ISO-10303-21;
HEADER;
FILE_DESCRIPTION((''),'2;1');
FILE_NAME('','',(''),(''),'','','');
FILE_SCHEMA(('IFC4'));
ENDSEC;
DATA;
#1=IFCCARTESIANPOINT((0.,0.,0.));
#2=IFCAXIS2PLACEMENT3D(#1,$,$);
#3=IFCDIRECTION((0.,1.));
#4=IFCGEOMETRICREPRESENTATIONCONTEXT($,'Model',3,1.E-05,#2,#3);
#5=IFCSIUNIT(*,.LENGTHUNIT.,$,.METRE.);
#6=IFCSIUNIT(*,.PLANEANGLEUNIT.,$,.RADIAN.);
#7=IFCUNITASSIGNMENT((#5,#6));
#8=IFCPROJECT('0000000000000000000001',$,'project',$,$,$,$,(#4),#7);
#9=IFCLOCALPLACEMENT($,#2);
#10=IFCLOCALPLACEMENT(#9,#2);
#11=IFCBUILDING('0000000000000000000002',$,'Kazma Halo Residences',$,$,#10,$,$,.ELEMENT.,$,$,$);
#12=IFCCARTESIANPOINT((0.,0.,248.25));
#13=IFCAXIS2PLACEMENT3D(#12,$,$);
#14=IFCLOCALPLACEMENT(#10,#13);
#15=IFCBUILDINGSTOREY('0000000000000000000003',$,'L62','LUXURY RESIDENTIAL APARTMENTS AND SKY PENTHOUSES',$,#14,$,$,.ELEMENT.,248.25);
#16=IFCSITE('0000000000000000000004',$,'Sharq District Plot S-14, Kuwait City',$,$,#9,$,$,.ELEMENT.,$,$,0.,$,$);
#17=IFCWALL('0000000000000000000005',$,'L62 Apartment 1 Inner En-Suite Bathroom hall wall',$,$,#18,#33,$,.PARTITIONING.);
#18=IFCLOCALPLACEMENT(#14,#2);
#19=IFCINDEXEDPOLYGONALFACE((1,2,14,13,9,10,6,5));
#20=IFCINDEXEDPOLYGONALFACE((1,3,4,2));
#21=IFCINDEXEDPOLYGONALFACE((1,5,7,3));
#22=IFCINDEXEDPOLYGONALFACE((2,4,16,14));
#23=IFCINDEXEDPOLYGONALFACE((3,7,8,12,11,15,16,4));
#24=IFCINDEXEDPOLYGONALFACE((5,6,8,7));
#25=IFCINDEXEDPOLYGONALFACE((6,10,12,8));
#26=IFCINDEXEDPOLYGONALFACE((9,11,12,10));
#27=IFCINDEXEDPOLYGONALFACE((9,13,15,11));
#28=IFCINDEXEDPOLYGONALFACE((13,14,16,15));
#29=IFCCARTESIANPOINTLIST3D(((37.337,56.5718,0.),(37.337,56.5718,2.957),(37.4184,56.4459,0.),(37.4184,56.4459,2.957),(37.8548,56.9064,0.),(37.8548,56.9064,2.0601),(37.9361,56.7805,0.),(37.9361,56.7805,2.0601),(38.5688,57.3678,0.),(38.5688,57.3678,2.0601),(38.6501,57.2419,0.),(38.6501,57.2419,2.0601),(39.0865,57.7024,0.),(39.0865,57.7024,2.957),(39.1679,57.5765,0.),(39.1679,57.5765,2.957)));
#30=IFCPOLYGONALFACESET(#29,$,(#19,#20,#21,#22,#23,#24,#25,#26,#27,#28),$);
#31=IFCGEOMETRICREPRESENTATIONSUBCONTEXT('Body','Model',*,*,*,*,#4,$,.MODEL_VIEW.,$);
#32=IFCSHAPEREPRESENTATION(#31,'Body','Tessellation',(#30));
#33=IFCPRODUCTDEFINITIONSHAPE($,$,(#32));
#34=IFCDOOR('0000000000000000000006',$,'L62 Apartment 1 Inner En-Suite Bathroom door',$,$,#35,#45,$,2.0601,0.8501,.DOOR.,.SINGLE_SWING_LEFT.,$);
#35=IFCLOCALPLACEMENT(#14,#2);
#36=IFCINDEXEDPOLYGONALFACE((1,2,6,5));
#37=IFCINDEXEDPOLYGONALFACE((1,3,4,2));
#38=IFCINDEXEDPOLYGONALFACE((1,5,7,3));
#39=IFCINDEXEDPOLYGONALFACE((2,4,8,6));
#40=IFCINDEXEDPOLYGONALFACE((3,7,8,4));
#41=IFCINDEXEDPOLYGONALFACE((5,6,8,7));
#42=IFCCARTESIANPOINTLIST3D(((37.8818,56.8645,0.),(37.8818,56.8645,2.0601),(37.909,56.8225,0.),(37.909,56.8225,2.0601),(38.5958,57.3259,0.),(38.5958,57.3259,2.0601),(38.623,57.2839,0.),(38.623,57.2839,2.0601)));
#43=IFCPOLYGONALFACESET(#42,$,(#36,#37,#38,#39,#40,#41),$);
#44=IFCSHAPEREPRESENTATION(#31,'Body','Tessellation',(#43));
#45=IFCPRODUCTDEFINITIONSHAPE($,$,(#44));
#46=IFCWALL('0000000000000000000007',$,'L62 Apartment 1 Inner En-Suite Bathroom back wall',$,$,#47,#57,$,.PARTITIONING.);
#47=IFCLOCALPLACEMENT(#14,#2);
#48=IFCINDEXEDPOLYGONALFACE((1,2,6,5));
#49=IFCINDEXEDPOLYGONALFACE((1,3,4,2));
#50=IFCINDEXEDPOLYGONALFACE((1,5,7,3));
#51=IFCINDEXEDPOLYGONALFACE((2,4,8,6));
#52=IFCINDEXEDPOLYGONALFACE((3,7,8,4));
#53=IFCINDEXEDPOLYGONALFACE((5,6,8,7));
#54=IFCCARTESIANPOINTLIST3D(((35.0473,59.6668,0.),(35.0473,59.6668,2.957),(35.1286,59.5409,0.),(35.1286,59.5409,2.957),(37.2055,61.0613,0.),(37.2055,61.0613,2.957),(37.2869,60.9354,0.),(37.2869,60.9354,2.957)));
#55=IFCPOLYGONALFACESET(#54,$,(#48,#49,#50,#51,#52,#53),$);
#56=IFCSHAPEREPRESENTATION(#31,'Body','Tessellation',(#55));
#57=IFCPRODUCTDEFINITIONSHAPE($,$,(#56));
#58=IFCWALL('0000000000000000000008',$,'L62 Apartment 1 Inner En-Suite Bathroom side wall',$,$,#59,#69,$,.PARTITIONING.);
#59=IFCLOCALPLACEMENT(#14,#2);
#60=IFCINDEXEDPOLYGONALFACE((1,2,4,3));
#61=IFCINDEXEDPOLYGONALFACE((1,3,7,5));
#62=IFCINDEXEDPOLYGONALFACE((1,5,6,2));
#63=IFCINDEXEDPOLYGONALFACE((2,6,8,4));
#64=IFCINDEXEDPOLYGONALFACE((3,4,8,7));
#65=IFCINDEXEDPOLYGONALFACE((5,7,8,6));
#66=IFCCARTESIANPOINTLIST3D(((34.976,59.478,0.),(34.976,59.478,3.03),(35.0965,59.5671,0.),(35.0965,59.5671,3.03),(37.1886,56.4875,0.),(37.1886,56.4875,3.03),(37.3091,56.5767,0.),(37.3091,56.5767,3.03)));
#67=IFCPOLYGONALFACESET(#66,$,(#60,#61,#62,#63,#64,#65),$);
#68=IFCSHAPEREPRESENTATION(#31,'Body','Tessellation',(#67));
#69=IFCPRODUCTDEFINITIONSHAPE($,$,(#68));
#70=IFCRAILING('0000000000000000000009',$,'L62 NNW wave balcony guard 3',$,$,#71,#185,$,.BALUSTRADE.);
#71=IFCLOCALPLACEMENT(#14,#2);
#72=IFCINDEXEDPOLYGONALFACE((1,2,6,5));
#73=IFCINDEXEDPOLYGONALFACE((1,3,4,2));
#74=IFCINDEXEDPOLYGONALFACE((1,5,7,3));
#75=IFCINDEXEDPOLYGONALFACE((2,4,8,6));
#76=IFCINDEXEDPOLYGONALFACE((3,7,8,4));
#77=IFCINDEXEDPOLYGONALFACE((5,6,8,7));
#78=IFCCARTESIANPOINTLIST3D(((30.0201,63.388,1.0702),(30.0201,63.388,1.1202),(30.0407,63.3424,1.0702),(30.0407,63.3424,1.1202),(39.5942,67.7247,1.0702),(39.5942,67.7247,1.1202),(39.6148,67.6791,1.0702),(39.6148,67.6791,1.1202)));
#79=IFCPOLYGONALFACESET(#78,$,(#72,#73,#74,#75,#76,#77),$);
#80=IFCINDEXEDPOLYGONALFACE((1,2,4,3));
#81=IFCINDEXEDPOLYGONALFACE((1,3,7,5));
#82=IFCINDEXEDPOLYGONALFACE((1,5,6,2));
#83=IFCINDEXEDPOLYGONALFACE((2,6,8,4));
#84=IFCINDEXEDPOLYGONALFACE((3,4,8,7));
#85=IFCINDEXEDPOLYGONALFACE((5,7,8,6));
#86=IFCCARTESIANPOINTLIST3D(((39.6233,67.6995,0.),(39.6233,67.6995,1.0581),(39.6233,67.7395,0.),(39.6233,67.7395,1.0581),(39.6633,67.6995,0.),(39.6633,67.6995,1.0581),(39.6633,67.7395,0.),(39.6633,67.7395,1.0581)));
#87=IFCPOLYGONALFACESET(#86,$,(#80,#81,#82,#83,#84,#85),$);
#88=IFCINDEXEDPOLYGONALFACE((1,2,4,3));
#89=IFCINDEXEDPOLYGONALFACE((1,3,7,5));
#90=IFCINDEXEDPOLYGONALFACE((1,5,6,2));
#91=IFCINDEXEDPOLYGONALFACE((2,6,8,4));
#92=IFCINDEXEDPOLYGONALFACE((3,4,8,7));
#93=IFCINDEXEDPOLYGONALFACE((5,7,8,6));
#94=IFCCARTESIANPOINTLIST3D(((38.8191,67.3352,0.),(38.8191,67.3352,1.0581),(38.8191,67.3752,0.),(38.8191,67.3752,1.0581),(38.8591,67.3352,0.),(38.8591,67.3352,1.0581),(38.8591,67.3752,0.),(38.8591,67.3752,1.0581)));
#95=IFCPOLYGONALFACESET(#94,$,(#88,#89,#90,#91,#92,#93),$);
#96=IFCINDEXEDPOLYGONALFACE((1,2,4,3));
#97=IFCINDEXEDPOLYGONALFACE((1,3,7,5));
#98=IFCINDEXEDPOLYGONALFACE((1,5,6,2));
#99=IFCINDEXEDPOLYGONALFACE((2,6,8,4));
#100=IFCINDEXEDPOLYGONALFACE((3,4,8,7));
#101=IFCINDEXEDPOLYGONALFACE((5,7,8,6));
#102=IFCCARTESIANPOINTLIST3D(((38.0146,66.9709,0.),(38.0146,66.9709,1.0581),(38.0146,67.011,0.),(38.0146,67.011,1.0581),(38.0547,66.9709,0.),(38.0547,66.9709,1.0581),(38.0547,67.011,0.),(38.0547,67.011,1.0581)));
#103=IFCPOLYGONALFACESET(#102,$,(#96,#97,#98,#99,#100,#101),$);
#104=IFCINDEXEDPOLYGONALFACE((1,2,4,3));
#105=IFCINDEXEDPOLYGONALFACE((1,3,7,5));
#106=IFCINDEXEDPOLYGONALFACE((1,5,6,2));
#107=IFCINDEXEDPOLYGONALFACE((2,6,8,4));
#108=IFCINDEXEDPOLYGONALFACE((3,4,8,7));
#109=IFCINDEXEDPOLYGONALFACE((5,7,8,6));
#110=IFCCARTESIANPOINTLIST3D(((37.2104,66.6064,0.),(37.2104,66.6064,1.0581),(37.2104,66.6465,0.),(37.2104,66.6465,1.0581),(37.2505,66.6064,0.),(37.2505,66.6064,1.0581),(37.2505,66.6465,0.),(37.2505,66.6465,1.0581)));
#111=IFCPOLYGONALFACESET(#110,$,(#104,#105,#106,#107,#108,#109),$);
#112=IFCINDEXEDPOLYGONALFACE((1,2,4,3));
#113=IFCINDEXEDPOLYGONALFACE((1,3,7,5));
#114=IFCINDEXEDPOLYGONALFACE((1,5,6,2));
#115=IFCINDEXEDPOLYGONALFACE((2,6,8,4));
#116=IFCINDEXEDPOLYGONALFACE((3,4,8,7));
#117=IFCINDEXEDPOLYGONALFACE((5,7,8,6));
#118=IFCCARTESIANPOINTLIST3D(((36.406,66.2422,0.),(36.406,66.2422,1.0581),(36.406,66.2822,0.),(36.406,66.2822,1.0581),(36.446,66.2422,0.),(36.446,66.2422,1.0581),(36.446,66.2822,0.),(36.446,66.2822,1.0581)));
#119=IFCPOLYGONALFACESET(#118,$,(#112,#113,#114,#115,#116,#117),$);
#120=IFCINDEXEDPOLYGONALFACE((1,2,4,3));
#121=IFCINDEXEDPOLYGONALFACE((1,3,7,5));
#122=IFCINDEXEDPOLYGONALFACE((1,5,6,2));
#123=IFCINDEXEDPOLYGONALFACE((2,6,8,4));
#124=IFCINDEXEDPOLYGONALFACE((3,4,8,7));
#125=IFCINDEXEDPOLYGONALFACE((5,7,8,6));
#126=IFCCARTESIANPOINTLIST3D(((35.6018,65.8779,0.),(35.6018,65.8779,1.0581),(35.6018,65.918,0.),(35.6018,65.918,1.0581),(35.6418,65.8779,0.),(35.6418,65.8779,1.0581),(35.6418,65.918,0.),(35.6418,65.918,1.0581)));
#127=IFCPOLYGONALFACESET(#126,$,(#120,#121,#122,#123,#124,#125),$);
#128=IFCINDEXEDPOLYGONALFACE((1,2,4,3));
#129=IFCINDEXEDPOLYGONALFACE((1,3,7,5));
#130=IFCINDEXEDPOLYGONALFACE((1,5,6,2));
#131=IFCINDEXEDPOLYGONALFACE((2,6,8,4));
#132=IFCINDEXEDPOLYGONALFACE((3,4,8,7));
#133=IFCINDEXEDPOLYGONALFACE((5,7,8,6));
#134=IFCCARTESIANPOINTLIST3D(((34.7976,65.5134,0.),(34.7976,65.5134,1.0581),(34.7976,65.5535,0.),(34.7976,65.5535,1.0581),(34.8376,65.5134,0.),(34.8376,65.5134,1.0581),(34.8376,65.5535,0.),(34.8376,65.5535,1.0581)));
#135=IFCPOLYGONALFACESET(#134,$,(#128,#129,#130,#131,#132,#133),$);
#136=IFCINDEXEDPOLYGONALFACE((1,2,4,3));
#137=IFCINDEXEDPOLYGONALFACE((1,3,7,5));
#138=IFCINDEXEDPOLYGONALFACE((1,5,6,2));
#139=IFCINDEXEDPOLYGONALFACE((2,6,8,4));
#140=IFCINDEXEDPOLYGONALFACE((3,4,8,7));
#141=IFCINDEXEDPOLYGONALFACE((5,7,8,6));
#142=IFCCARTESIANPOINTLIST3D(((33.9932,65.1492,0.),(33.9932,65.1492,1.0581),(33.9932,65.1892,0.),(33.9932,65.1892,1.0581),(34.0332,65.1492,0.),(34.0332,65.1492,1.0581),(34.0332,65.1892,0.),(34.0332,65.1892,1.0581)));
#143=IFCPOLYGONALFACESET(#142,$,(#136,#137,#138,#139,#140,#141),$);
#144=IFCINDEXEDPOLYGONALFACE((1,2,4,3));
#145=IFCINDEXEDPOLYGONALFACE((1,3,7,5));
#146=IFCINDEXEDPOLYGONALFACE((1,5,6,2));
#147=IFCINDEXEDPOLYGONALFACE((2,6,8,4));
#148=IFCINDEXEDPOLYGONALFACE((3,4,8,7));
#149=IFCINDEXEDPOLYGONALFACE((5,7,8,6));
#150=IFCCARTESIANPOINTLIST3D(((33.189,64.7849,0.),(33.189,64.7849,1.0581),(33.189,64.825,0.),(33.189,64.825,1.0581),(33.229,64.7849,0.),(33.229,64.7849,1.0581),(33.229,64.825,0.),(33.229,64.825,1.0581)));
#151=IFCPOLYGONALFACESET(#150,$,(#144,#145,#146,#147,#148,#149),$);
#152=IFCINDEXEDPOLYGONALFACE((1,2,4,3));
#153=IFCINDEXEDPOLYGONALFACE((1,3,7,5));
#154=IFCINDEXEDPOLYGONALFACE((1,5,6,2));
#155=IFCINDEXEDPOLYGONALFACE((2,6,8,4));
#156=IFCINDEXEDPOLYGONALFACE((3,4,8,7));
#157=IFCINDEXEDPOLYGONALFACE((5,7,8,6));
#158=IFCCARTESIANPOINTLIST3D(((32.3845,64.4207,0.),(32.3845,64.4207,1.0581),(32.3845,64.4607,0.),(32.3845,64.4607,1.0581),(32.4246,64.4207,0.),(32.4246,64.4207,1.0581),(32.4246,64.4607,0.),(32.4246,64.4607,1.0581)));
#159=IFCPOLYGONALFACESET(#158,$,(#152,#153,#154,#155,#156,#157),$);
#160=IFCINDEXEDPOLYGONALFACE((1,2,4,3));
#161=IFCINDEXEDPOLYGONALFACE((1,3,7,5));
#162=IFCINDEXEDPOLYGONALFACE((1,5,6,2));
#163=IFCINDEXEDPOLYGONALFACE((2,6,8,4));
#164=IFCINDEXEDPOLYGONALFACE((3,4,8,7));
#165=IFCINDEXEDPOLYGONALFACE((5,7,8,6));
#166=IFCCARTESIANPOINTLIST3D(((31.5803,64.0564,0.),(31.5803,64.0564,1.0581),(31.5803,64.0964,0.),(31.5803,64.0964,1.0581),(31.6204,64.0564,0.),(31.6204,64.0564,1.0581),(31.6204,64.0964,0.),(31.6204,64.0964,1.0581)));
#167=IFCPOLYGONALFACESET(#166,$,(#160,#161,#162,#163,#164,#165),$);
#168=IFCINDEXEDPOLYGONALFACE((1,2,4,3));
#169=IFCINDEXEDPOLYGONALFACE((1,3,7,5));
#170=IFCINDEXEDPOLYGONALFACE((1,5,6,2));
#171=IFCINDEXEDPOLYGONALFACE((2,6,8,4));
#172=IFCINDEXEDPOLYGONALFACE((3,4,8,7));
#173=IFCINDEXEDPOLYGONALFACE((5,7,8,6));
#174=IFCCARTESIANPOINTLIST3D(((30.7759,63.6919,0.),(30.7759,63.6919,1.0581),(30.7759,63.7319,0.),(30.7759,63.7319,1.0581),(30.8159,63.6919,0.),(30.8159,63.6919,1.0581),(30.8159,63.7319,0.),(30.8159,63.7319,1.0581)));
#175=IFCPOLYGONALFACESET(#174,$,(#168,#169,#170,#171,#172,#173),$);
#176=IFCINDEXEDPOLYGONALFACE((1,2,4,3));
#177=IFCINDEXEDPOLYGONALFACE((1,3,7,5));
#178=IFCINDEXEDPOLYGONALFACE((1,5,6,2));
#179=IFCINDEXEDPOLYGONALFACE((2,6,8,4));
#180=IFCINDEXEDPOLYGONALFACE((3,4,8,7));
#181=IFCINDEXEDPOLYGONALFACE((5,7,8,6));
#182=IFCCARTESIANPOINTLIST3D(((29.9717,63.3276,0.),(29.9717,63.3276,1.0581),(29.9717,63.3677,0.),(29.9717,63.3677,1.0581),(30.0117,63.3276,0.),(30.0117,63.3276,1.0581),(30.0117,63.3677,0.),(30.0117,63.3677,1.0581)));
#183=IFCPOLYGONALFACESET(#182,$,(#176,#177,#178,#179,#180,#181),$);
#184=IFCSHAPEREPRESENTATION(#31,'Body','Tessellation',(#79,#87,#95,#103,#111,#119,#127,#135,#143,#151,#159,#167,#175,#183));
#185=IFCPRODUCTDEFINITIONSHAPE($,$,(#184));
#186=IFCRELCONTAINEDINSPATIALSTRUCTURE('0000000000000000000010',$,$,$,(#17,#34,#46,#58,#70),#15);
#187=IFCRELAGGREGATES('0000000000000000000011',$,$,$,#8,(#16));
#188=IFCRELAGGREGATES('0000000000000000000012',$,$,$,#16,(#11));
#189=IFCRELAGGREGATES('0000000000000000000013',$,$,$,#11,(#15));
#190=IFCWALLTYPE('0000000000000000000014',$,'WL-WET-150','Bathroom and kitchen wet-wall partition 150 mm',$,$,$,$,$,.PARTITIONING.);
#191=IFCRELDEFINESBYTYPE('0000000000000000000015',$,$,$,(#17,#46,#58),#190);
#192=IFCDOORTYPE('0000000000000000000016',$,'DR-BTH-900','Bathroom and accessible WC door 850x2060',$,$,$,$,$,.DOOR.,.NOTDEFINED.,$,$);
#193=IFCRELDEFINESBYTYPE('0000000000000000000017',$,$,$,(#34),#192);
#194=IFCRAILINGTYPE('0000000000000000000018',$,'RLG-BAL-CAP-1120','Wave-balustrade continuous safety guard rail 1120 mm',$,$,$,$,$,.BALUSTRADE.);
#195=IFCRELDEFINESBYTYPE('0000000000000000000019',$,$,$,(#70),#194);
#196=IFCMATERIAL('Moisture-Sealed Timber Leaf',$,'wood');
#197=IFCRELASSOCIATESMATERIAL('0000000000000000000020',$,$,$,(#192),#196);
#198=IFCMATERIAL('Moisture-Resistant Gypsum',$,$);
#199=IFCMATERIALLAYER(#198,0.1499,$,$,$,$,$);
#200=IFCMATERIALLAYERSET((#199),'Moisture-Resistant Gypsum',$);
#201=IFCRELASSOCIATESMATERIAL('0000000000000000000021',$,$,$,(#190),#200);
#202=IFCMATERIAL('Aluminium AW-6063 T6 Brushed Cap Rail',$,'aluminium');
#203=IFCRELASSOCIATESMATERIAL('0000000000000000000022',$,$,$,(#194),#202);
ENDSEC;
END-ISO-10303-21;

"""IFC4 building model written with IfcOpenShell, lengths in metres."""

from ifc_helpers import new_model, si_unit, direction, frame, frame_2d, origin, origin_2d, place, context, subcontext, project, spatial, rectangle, extrude, material, layer, layer_set, type_object, element, fill, save


model = new_model("IFC4")

# Units and contexts
model_context = context("Model", 3, precision=1e-05, world=origin(), true_north=direction((0.0, 1.0)))
body_context = subcontext(model_context, "Body", "Model", "MODEL_VIEW")
ifc_project = project(units=[si_unit("LENGTHUNIT", "METRE"), si_unit("PLANEANGLEUNIT", "RADIAN")], contexts=[model_context])

# Site, building, storey
site_placement = place(None, origin())
site = spatial("IfcSite", under=ifc_project, at=site_placement, Name="Sharq District Plot S-14, Kuwait City", CompositionType="ELEMENT", RefElevation=0.0)
building_placement = place(site_placement, origin())
building = spatial("IfcBuilding", under=site, at=building_placement, Name="Kazma Halo Residences", CompositionType="ELEMENT")
storey_placement = place(building_placement, frame((0.0, 0.0, 248.25)))
storey = spatial("IfcBuildingStorey", under=building, at=storey_placement, Name="L62", Description="LUXURY RESIDENTIAL APARTMENTS AND SKY PENTHOUSES", CompositionType="ELEMENT", Elevation=248.25)

# Wall, opening, door
ifc_material_1 = material(Name="Moisture-Sealed Timber Leaf", Category="wood")
door_type_1 = type_object("IfcDoorType", Name="DR-BTH-900", Description="Bathroom and accessible WC door 850x2060", OperationType="NOTDEFINED", PredefinedType="DOOR", material=ifc_material_1)
ifc_material_2 = material(Name="Moisture-Resistant Gypsum")
ifc_layer_1 = layer(ifc_material_2, 0.1499)
ifc_layer_set_1 = layer_set([ifc_layer_1], Name="Moisture-Resistant Gypsum")
wall_type_1 = type_object("IfcWallType", Name="WL-WET-150", Description="Bathroom and kitchen wet-wall partition 150 mm", PredefinedType="PARTITIONING", material=ifc_layer_set_1)
wall_1_placement = place(storey_placement, frame((39.1272, 57.6394, 0.0), z_axis=(0.0, 0.0, 1.0), x_axis=(-0.839881, -0.54277, 0.0)))
wall_1 = element("IfcWall", 1, at=wall_1_placement, inside=storey, type_object=wall_type_1, Name="L62 Apartment 1 Inner En-Suite Bathroom hall wall", PredefinedType="PARTITIONING", context=body_context, shape_type="SweptSolid", body=[
    extrude(rectangle(XDim=2.083, YDim=0.1499, at=frame_2d((1.0415, 0.0))), origin(), (0.0, 0.0, 1.0), 2.957),
])
opening_1_placement = place(wall_1_placement, frame((0.6165, 0.0, 0.0)))
opening_1 = element("IfcOpeningElement", 2, at=opening_1_placement, cuts=wall_1, PredefinedType="OPENING", context=body_context, shape_type="SweptSolid", body=[
    extrude(rectangle(XDim=0.8501, YDim=2.0601, at=frame_2d((0.425, 1.03))), frame((0.0, 0.085, 0.0), z_axis=(0.0, -1.0, 0.0), x_axis=(1.0, 0.0, 0.0)), (0.0, 0.0, 1.0), 0.1699),
])
door_1_placement = place(opening_1_placement, origin())
door_1 = element("IfcDoor", 3, at=door_1_placement, inside=storey, type_object=door_type_1, Name="L62 Apartment 1 Inner En-Suite Bathroom door", OperationType="SINGLE_SWING_LEFT", OverallHeight=2.0601, OverallWidth=0.8501, PredefinedType="DOOR", context=body_context, shape_type="SweptSolid", body=[
    extrude(rectangle(XDim=0.8501, YDim=2.0601, at=frame_2d((0.425, 1.03))), frame((0.0, 0.0249, 0.0), z_axis=(0.0, -1.0, 0.0), x_axis=(1.0, 0.0, 0.0)), (0.0, 0.0, 1.0), 0.05),
])
fill(opening_1, door_1)

# Walls
wall_2_placement = place(storey_placement, frame((37.2461, 60.9983, 0.0), z_axis=(0.0, 0.0, 1.0), x_axis=(-0.839917, -0.542715, 0.0)))
element("IfcWall", 4, at=wall_2_placement, inside=storey, type_object=wall_type_1, Name="L62 Apartment 1 Inner En-Suite Bathroom back wall", PredefinedType="PARTITIONING", context=body_context, shape_type="SweptSolid", body=[
    extrude(rectangle(XDim=2.5696, YDim=0.1499, at=frame_2d((1.2847, 0.0))), origin(), (0.0, 0.0, 1.0), 2.957),
])
wall_3_placement = place(storey_placement, frame((37.2488, 56.5322, 0.0), z_axis=(0.0, 0.0, 1.0), x_axis=(-0.59479, 0.803881, 0.0)))
element("IfcWall", 5, at=wall_3_placement, inside=storey, type_object=wall_type_1, Name="L62 Apartment 1 Inner En-Suite Bathroom side wall", PredefinedType="PARTITIONING", context=body_context, shape_type="SweptSolid", body=[
    extrude(rectangle(XDim=3.72, YDim=0.1499, at=frame_2d((1.8599, 0.0))), origin(), (0.0, 0.0, 1.0), 3.03),
])

# Railing
ifc_material_3 = material(Name="Aluminium AW-6063 T6 Brushed Cap Rail", Category="aluminium")
railing_type = type_object("IfcRailingType", Name="RLG-BAL-CAP-1120", Description="Wave-balustrade continuous safety guard rail 1120 mm", PredefinedType="BALUSTRADE", material=ifc_material_3)
railing_placement = place(storey_placement, frame((39.6433, 67.7195, 0.0)))
element("IfcRailing", 6, at=railing_placement, inside=storey, type_object=railing_type, Name="L62 NNW wave balcony guard 3", PredefinedType="BALUSTRADE", context=body_context, shape_type="SweptSolid", body=[
    extrude(rectangle(XDim=0.05, YDim=0.05, at=origin_2d()), frame((-0.0388, -0.0176, 1.0952), z_axis=(-0.910909, -0.412608, 0.0), x_axis=(0.412608, -0.910909, 0.0)), (0.0, 0.0, 1.0), 10.5105),
    extrude(rectangle(XDim=0.04, YDim=0.04, at=origin_2d()), origin(), (0.0, 0.0, 1.0), 1.0581),
    extrude(rectangle(XDim=0.04, YDim=0.04, at=origin_2d()), frame((-0.8042, -0.3643, 0.0)), (0.0, 0.0, 1.0), 1.0581),
    extrude(rectangle(XDim=0.04, YDim=0.04, at=origin_2d()), frame((-1.6086, -0.7285, 0.0)), (0.0, 0.0, 1.0), 1.0581),
    extrude(rectangle(XDim=0.04, YDim=0.04, at=origin_2d()), frame((-2.4128, -1.093, 0.0)), (0.0, 0.0, 1.0), 1.0581),
    extrude(rectangle(XDim=0.04, YDim=0.04, at=origin_2d()), frame((-3.2173, -1.4573, 0.0)), (0.0, 0.0, 1.0), 1.0581),
    extrude(rectangle(XDim=0.04, YDim=0.04, at=origin_2d()), frame((-4.0215, -1.8215, 0.0)), (0.0, 0.0, 1.0), 1.0581),
    extrude(rectangle(XDim=0.04, YDim=0.04, at=origin_2d()), frame((-4.8257, -2.186, 0.0)), (0.0, 0.0, 1.0), 1.0581),
    extrude(rectangle(XDim=0.04, YDim=0.04, at=origin_2d()), frame((-5.6301, -2.5503, 0.0)), (0.0, 0.0, 1.0), 1.0581),
    extrude(rectangle(XDim=0.04, YDim=0.04, at=origin_2d()), frame((-6.4343, -2.9146, 0.0)), (0.0, 0.0, 1.0), 1.0581),
    extrude(rectangle(XDim=0.04, YDim=0.04, at=origin_2d()), frame((-7.2388, -3.2788, 0.0)), (0.0, 0.0, 1.0), 1.0581),
    extrude(rectangle(XDim=0.04, YDim=0.04, at=origin_2d()), frame((-8.043, -3.6431, 0.0)), (0.0, 0.0, 1.0), 1.0581),
    extrude(rectangle(XDim=0.04, YDim=0.04, at=origin_2d()), frame((-8.8474, -4.0076, 0.0)), (0.0, 0.0, 1.0), 1.0581),
    extrude(rectangle(XDim=0.04, YDim=0.04, at=origin_2d()), frame((-9.6516, -4.3718, 0.0)), (0.0, 0.0, 1.0), 1.0581),
])

save(model, "model.ifc")
